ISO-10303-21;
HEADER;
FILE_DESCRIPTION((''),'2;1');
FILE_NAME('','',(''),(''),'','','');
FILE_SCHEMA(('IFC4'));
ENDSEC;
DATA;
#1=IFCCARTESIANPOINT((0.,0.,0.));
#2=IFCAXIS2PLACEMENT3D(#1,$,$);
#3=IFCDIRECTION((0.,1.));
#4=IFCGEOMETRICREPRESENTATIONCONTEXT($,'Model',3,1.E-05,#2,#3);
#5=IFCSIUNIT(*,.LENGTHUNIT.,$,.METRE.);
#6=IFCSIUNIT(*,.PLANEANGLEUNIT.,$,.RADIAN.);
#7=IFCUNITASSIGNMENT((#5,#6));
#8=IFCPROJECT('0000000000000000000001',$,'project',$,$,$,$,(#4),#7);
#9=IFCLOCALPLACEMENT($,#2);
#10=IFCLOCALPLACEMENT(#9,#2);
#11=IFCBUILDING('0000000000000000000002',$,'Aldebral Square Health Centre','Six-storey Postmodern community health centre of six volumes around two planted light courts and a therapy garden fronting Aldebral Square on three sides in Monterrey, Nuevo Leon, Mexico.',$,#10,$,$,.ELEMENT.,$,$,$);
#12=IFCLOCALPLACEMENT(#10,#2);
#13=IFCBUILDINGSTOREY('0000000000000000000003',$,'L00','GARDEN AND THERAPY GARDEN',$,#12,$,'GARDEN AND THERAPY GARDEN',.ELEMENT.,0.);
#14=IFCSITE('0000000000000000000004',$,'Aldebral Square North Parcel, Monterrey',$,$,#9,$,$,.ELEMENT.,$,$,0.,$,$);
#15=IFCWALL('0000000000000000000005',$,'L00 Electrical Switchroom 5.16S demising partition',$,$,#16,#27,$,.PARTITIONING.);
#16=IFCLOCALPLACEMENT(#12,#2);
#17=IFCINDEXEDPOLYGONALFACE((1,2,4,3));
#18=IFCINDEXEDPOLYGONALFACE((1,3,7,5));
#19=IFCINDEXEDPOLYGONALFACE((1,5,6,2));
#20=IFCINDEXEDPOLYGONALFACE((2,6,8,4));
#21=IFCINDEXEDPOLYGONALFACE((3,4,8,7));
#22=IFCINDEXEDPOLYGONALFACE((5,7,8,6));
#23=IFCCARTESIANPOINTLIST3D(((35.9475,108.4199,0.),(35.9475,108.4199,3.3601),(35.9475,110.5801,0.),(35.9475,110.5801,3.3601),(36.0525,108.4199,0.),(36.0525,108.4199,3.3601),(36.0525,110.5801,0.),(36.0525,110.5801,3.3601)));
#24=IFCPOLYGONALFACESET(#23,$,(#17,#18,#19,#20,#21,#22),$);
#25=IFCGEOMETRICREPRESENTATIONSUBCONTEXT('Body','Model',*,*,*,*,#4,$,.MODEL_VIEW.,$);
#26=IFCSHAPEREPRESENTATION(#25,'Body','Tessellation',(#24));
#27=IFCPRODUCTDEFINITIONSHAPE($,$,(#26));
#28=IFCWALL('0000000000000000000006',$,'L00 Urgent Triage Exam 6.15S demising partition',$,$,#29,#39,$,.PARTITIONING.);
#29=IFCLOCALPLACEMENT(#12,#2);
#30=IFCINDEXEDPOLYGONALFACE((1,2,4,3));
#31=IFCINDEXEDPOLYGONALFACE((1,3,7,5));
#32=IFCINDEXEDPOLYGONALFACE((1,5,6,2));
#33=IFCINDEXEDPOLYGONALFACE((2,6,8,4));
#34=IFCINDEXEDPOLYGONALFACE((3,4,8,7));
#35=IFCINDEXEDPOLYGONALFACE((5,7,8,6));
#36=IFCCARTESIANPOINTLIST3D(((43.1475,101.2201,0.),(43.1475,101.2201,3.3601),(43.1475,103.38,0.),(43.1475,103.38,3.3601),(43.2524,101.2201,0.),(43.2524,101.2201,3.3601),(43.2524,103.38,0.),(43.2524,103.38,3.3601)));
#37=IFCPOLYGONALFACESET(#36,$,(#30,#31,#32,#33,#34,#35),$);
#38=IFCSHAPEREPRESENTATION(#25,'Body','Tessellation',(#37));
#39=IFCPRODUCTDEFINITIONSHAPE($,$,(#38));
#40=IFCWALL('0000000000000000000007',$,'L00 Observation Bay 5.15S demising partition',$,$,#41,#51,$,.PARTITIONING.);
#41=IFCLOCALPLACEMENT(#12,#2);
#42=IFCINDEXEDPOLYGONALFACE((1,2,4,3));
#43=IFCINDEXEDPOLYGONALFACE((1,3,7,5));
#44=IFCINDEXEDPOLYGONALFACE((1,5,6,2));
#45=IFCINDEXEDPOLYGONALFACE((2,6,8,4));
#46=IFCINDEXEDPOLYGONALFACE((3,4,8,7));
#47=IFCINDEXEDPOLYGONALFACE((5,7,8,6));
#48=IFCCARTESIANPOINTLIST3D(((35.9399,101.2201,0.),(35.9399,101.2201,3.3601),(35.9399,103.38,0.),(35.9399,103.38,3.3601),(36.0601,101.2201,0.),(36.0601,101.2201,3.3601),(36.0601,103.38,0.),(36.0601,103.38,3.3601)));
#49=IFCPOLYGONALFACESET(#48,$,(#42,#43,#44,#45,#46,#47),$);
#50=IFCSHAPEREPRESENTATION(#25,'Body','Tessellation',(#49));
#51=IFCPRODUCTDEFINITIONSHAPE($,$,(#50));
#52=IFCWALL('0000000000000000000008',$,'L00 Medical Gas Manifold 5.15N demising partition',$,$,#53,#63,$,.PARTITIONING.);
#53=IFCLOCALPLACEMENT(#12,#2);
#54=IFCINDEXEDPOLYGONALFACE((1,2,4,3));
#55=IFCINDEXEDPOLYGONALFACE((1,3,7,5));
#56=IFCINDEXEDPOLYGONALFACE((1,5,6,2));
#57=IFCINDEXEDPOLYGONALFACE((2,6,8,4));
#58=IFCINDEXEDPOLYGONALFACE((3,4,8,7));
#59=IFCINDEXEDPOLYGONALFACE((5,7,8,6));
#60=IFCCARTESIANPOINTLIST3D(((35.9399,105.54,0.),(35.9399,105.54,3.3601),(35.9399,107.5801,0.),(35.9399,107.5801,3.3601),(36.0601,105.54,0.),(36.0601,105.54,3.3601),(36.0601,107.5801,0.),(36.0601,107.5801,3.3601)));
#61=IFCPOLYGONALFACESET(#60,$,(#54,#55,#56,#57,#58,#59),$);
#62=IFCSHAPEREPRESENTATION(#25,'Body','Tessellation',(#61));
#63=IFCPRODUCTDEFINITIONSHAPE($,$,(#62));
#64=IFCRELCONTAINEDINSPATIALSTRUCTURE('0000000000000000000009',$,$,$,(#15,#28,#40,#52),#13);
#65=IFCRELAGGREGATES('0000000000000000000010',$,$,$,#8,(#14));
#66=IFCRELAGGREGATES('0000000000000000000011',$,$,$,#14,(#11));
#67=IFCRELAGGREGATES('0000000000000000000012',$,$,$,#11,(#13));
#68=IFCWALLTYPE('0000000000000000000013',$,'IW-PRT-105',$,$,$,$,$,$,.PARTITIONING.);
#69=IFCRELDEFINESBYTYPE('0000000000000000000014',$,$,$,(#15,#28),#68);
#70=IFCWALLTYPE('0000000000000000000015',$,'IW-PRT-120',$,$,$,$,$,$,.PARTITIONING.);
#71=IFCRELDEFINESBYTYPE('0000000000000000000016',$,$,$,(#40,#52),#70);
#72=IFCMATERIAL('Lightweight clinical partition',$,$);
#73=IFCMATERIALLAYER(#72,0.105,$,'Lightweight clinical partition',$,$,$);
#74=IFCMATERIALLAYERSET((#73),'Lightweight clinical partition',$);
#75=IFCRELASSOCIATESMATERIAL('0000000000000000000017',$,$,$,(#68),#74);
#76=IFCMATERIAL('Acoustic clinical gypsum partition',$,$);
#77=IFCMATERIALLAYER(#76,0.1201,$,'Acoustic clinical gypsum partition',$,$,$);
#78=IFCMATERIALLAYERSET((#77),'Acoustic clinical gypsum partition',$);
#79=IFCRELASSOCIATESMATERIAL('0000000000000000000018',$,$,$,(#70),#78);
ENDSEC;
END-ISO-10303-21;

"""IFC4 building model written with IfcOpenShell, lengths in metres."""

from ifc_helpers import new_model, si_unit, direction, frame, frame_2d, origin, place, context, subcontext, project, spatial, rectangle, extrude, material, layer, layer_set, type_object, element, save


model = new_model("IFC4")

# Units and contexts
model_context = context("Model", 3, precision=1e-05, world=origin(), true_north=direction((0.0, 1.0)))
body_context = subcontext(model_context, "Body", "Model", "MODEL_VIEW")
ifc_project = project(units=[si_unit("LENGTHUNIT", "METRE"), si_unit("PLANEANGLEUNIT", "RADIAN")], contexts=[model_context])

# Site, building, storey
site_placement = place(None, origin())
site = spatial("IfcSite", under=ifc_project, at=site_placement, Name="Aldebral Square North Parcel, Monterrey", CompositionType="ELEMENT", RefElevation=0.0)
building_placement = place(site_placement, origin())
building = spatial("IfcBuilding", under=site, at=building_placement, Name="Aldebral Square Health Centre", Description="Six-storey Postmodern community health centre of six volumes around two planted light courts and a therapy garden fronting Aldebral Square on three sides in Monterrey, Nuevo Leon, Mexico.", CompositionType="ELEMENT")
storey_placement = place(building_placement, origin())
storey = spatial("IfcBuildingStorey", under=building, at=storey_placement, Name="L00", Description="GARDEN AND THERAPY GARDEN", LongName="GARDEN AND THERAPY GARDEN", CompositionType="ELEMENT", Elevation=0.0)

# Walls
ifc_material_1 = material(Name="Lightweight clinical partition")
ifc_layer_1 = layer(ifc_material_1, 0.105, Name="Lightweight clinical partition")
ifc_layer_set_1 = layer_set([ifc_layer_1], Name="Lightweight clinical partition")
wall_type_1 = type_object("IfcWallType", Name="IW-PRT-105", PredefinedType="PARTITIONING", material=ifc_layer_set_1)
wall_1_placement = place(storey_placement, frame((36.0, 108.4199, 0.0), z_axis=(0.0, 0.0, 1.0), x_axis=(0.0, 1.0, 0.0)))
element("IfcWall", 1, at=wall_1_placement, inside=storey, type_object=wall_type_1, Name="L00 Electrical Switchroom 5.16S demising partition", PredefinedType="PARTITIONING", context=body_context, shape_type="SweptSolid", body=[
    extrude(rectangle(XDim=2.1602, YDim=0.105, at=frame_2d((1.0801, 0.0))), origin(), (0.0, 0.0, 1.0), 3.3601),
])
wall_2_placement = place(storey_placement, frame((43.2, 101.22, 0.0), z_axis=(0.0, 0.0, 1.0), x_axis=(0.0, 1.0, 0.0)))
element("IfcWall", 2, at=wall_2_placement, inside=storey, type_object=wall_type_1, Name="L00 Urgent Triage Exam 6.15S demising partition", PredefinedType="PARTITIONING", context=body_context, shape_type="SweptSolid", body=[
    extrude(rectangle(XDim=2.1599, YDim=0.105, at=frame_2d((1.0801, 0.0))), origin(), (0.0, 0.0, 1.0), 3.3601),
])
ifc_material_2 = material(Name="Acoustic clinical gypsum partition")
ifc_layer_2 = layer(ifc_material_2, 0.1201, Name="Acoustic clinical gypsum partition")
ifc_layer_set_2 = layer_set([ifc_layer_2], Name="Acoustic clinical gypsum partition")
wall_type_2 = type_object("IfcWallType", Name="IW-PRT-120", PredefinedType="PARTITIONING", material=ifc_layer_set_2)
wall_3_placement = place(storey_placement, frame((36.0, 101.22, 0.0), z_axis=(0.0, 0.0, 1.0), x_axis=(0.0, 1.0, 0.0)))
element("IfcWall", 3, at=wall_3_placement, inside=storey, type_object=wall_type_2, Name="L00 Observation Bay 5.15S demising partition", PredefinedType="PARTITIONING", context=body_context, shape_type="SweptSolid", body=[
    extrude(rectangle(XDim=2.1599, YDim=0.1201, at=frame_2d((1.0801, 0.0))), origin(), (0.0, 0.0, 1.0), 3.3601),
])
wall_4_placement = place(storey_placement, frame((36.0, 105.54, 0.0), z_axis=(0.0, 0.0, 1.0), x_axis=(0.0, 1.0, 0.0)))
element("IfcWall", 4, at=wall_4_placement, inside=storey, type_object=wall_type_2, Name="L00 Medical Gas Manifold 5.15N demising partition", PredefinedType="PARTITIONING", context=body_context, shape_type="SweptSolid", body=[
    extrude(rectangle(XDim=2.04, YDim=0.1201, at=frame_2d((1.02, 0.0))), origin(), (0.0, 0.0, 1.0), 3.3601),
])

save(model, "model.ifc")
